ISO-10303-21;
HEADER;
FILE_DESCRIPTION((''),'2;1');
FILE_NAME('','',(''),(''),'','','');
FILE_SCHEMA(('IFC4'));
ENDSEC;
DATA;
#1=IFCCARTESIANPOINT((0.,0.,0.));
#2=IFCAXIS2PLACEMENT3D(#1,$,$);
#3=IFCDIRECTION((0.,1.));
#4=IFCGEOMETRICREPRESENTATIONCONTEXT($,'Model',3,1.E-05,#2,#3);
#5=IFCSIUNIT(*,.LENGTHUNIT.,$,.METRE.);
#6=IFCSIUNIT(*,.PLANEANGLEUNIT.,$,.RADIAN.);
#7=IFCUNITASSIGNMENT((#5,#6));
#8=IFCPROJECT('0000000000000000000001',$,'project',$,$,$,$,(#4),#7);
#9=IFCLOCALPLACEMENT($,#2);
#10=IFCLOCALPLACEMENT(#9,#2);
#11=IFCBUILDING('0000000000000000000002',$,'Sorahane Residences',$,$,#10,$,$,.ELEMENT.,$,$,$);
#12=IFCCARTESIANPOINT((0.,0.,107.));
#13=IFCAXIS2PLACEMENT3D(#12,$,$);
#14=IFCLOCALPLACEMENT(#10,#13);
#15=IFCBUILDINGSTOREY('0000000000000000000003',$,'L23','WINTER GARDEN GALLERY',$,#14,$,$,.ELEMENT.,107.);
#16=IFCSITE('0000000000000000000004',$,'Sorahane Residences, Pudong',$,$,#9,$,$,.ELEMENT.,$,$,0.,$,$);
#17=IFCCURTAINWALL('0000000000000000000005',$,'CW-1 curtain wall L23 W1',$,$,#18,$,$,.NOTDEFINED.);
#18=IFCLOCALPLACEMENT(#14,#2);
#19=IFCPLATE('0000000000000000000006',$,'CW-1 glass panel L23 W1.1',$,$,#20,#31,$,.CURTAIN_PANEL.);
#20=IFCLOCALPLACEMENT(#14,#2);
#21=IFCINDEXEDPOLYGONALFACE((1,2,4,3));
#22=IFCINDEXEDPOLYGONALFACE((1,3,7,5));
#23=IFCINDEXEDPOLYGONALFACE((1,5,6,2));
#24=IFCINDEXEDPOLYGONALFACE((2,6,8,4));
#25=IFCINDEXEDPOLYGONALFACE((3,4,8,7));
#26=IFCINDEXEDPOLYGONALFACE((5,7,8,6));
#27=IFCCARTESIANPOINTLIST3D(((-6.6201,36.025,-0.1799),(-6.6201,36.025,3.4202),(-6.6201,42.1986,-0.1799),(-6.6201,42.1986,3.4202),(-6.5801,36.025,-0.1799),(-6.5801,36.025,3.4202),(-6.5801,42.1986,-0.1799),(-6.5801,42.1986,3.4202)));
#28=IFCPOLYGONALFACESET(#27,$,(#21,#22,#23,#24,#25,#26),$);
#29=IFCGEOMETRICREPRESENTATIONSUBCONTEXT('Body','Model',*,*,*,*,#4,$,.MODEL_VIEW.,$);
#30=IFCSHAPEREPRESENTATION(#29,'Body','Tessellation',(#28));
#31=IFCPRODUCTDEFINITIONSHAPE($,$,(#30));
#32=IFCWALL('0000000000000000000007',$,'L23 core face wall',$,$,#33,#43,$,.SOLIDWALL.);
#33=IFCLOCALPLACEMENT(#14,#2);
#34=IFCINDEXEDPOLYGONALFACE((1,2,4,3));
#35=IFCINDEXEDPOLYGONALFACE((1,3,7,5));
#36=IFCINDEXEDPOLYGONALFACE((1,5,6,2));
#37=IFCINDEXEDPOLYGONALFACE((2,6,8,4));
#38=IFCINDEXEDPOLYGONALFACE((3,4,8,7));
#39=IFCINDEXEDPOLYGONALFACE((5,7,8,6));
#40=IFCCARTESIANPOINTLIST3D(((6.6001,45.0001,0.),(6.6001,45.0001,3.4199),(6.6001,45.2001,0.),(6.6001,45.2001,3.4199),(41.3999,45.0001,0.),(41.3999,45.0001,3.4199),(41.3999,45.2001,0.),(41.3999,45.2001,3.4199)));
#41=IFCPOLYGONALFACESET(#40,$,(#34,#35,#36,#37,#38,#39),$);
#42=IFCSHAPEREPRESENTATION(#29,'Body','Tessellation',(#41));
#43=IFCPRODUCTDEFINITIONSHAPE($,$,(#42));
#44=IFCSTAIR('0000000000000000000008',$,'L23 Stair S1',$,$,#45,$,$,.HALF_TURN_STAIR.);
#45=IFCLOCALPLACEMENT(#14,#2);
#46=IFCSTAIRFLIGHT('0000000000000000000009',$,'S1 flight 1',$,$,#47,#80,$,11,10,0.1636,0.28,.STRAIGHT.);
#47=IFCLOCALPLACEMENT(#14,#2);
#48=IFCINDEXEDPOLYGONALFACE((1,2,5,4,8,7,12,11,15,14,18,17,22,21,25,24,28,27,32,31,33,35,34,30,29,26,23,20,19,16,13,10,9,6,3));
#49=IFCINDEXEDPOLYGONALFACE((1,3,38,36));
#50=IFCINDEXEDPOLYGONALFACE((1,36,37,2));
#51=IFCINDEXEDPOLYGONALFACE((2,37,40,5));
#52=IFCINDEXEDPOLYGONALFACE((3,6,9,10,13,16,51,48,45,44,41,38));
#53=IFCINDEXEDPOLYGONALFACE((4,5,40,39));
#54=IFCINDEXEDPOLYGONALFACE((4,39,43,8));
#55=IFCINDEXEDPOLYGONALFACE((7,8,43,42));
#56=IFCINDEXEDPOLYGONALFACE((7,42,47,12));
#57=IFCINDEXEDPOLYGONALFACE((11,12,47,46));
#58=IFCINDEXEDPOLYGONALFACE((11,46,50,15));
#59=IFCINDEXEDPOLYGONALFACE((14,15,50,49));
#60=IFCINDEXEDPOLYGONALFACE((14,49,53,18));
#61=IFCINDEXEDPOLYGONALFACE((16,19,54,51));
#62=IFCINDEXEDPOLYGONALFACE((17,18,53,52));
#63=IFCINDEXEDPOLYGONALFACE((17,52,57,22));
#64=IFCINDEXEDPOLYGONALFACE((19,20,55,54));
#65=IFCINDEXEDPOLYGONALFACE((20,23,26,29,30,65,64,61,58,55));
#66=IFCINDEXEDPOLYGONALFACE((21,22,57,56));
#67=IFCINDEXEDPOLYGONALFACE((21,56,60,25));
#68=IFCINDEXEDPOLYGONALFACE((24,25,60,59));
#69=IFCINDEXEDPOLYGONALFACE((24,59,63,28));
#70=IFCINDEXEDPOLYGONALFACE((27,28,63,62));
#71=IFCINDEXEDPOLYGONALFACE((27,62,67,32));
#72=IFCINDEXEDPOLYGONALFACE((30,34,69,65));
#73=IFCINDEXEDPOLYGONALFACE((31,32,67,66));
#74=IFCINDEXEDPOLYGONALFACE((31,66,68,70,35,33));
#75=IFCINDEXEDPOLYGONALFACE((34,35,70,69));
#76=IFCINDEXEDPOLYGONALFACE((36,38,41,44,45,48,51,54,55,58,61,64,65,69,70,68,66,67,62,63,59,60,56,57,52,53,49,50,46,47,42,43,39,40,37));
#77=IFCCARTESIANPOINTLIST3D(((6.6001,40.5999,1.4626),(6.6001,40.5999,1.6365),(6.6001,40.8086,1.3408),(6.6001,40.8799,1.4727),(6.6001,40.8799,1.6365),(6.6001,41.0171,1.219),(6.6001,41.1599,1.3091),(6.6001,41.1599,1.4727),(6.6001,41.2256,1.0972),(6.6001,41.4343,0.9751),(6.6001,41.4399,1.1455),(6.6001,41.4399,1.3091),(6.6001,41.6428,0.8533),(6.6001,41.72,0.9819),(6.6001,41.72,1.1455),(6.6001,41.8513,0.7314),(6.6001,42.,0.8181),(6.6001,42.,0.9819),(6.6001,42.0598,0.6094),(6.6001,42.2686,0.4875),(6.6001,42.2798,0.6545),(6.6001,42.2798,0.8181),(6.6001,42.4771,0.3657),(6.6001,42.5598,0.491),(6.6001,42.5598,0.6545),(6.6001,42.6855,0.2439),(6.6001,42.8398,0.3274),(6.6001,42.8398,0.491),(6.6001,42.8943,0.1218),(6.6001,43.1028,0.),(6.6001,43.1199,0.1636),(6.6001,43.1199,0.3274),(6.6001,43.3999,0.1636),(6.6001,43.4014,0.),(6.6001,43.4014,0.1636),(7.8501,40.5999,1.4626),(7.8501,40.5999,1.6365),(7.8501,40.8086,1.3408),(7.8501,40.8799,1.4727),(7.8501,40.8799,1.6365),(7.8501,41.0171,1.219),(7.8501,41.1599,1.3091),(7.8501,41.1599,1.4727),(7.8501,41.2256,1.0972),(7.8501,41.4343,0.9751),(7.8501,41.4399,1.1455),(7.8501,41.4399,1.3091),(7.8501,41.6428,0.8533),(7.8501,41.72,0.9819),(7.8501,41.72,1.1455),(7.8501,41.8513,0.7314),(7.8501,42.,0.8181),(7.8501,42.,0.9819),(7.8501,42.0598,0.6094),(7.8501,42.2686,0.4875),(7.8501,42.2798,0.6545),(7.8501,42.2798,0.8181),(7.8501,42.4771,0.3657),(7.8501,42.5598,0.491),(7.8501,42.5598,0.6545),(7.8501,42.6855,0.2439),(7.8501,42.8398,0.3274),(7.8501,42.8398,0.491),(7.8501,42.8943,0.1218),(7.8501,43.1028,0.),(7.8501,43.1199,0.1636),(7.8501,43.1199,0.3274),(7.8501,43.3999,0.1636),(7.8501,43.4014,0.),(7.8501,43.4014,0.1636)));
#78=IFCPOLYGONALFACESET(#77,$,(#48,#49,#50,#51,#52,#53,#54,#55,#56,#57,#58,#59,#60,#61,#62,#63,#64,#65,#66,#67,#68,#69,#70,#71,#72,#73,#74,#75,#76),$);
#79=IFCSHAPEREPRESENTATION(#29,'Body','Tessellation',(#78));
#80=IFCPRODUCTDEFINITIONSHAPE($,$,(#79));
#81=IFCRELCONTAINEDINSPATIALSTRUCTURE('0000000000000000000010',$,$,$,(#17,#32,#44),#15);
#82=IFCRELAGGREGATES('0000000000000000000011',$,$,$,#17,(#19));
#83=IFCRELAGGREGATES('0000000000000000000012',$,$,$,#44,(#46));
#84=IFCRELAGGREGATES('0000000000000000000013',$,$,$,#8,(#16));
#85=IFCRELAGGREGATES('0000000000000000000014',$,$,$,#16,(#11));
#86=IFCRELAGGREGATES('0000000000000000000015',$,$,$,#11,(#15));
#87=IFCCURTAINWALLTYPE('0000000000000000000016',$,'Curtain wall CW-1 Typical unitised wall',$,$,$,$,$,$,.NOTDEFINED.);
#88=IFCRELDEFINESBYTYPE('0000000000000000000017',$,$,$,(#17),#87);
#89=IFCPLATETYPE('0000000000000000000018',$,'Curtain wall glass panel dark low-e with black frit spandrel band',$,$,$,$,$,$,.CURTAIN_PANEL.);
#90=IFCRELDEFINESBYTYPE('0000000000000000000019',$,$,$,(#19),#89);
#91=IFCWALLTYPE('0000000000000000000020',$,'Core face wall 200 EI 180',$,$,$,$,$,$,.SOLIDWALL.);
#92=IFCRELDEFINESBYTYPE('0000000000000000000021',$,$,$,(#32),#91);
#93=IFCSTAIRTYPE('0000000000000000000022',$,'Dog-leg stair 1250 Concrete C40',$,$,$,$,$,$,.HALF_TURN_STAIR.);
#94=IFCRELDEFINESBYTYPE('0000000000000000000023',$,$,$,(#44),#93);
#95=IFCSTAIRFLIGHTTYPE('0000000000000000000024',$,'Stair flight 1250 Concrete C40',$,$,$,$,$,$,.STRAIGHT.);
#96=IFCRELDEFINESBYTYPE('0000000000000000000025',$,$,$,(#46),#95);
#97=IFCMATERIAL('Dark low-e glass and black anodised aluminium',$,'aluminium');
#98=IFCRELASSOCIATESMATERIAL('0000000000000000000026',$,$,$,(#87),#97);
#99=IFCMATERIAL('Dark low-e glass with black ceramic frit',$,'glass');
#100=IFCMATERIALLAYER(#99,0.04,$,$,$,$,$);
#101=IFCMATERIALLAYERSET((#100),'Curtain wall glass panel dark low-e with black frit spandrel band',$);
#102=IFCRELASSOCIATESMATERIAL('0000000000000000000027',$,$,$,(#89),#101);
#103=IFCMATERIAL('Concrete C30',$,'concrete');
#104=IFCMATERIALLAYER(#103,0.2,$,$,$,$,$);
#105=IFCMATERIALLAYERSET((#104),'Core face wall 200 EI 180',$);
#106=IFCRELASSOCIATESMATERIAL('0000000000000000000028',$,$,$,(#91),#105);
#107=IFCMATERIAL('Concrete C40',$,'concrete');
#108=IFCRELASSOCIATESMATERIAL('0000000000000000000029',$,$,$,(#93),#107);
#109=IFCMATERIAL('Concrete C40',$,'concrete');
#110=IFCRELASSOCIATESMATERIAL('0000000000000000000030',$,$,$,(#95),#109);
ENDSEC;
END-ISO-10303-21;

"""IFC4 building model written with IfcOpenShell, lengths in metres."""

from ifc_helpers import new_model, si_unit, direction, frame, frame_2d, origin, origin_2d, place, context, subcontext, project, spatial, polyline, rectangle, outline, extrude, material, layer, layer_set, type_object, element, aggregate, save


model = new_model("IFC4")

# Units and contexts
model_context = context("Model", 3, precision=1e-05, world=origin(), true_north=direction((0.0, 1.0)))
body_context = subcontext(model_context, "Body", "Model", "MODEL_VIEW")
ifc_project = project(units=[si_unit("LENGTHUNIT", "METRE"), si_unit("PLANEANGLEUNIT", "RADIAN")], contexts=[model_context])

# Site, building, storey
site_placement = place(None, origin())
site = spatial("IfcSite", under=ifc_project, at=site_placement, Name="Sorahane Residences, Pudong", CompositionType="ELEMENT", RefElevation=0.0)
building_placement = place(site_placement, origin())
building = spatial("IfcBuilding", under=site, at=building_placement, Name="Sorahane Residences", CompositionType="ELEMENT")
storey_placement = place(building_placement, frame((0.0, 0.0, 107.0)))
storey = spatial("IfcBuildingStorey", under=building, at=storey_placement, Name="L23", Description="WINTER GARDEN GALLERY", CompositionType="ELEMENT", Elevation=107.0)

# Shared definitions
ifc_material_1 = material(Name="Dark low-e glass and black anodised aluminium", Category="aluminium")
curtain_wall_type_1 = type_object("IfcCurtainWallType", Name="Curtain wall CW-1 Typical unitised wall", PredefinedType="NOTDEFINED", material=ifc_material_1)

# Curtain wall
curtain_wall_1_placement = place(storey_placement, origin())
curtain_wall_1 = element("IfcCurtainWall", 1, at=curtain_wall_1_placement, inside=storey, type_object=curtain_wall_type_1, Name="CW-1 curtain wall L23 W1", PredefinedType="NOTDEFINED")

# Plate
ifc_material_2 = material(Name="Dark low-e glass with black ceramic frit", Category="glass")
ifc_layer_1 = layer(ifc_material_2, 0.04)
ifc_layer_set_1 = layer_set([ifc_layer_1], Name="Curtain wall glass panel dark low-e with black frit spandrel band")
plate_type = type_object("IfcPlateType", Name="Curtain wall glass panel dark low-e with black frit spandrel band", PredefinedType="CURTAIN_PANEL", material=ifc_layer_set_1)
plate_1_placement = place(storey_placement, frame((-6.6001, 39.1118, -0.1799), z_axis=(0.0, 0.0, 1.0), x_axis=(0.0, -1.0, 0.0)))
plate_1 = element("IfcPlate", 2, at=plate_1_placement, type_object=plate_type, Name="CW-1 glass panel L23 W1.1", PredefinedType="CURTAIN_PANEL", context=body_context, shape_type="SweptSolid", body=[
    extrude(rectangle(XDim=6.1736, YDim=0.04, at=origin_2d()), origin(), (0.0, 0.0, 1.0), 3.6001),
])
aggregate(curtain_wall_1, [plate_1])

# Wall
ifc_material_3 = material(Name="Concrete C30", Category="concrete")
ifc_layer_2 = layer(ifc_material_3, 0.2)
ifc_layer_set_2 = layer_set([ifc_layer_2], Name="Core face wall 200 EI 180")
wall_type = type_object("IfcWallType", Name="Core face wall 200 EI 180", PredefinedType="SOLIDWALL", material=ifc_layer_set_2)
wall_placement = place(storey_placement, frame((6.6001, 45.1001, 0.0), z_axis=(0.0, 0.0, 1.0), x_axis=(1.0, 0.0, 0.0)))
element("IfcWall", 3, at=wall_placement, inside=storey, type_object=wall_type, Name="L23 core face wall", PredefinedType="SOLIDWALL", context=body_context, shape_type="SweptSolid", body=[
    extrude(rectangle(XDim=34.7998, YDim=0.2, at=frame_2d((17.3999, 0.0))), origin(), (0.0, 0.0, 1.0), 3.4199),
])

# Stair, stair flight
ifc_material_4 = material(Name="Concrete C40", Category="concrete")
stair_type = type_object("IfcStairType", Name="Dog-leg stair 1250 Concrete C40", PredefinedType="HALF_TURN_STAIR", material=ifc_material_4)
stair_placement = place(storey_placement, origin())
stair = element("IfcStair", 4, at=stair_placement, inside=storey, type_object=stair_type, Name="L23 Stair S1", PredefinedType="HALF_TURN_STAIR")
ifc_material_5 = material(Name="Concrete C40", Category="concrete")
stair_flight_type = type_object("IfcStairFlightType", Name="Stair flight 1250 Concrete C40", PredefinedType="STRAIGHT", material=ifc_material_5)
stair_flight_placement = place(storey_placement, frame((7.2251, 43.3999, 0.0), z_axis=(0.0, 0.0, 1.0), x_axis=(0.0, -1.0, 0.0)))
stair_flight = element("IfcStairFlight", 5, at=stair_flight_placement, type_object=stair_flight_type, Name="S1 flight 1", NumberOfRisers=11, NumberOfTreads=10, PredefinedType="STRAIGHT", RiserHeight=0.1636, TreadLength=0.28, context=body_context, shape_type="SweptSolid", body=[
    extrude(outline(polyline([(-0.0015, 0.0), (-0.0015, 0.1636), (0.0, 0.1636), (0.28, 0.1636), (0.28, 0.3274), (0.5601, 0.3274), (0.5601, 0.491), (0.8401, 0.491), (0.8401, 0.6545), (1.1201, 0.6545), (1.1201, 0.8181), (1.3999, 0.8181), (1.3999, 0.9819), (1.6799, 0.9819), (1.6799, 1.1455), (1.96, 1.1455), (1.96, 1.3091), (2.24, 1.3091), (2.24, 1.4727), (2.52, 1.4727), (2.52, 1.6365), (2.8, 1.6365), (2.8, 1.8), (2.8, 1.4626), (2.5913, 1.3408), (2.3828, 1.219), (2.1743, 1.0972), (1.9656, 0.9751), (1.7571, 0.8533), (1.5486, 0.7314), (1.3401, 0.6094), (1.1313, 0.4875), (0.9229, 0.3657), (0.7144, 0.2439), (0.5056, 0.1218), (0.2971, 0.0), (-0.0015, 0.0)])), frame((0.0, 0.625, 0.0), z_axis=(0.0, -1.0, 0.0), x_axis=(1.0, 0.0, 0.0)), (0.0, 0.0, 1.0), 1.25),
])
aggregate(stair, [stair_flight])

save(model, "model.ifc")
